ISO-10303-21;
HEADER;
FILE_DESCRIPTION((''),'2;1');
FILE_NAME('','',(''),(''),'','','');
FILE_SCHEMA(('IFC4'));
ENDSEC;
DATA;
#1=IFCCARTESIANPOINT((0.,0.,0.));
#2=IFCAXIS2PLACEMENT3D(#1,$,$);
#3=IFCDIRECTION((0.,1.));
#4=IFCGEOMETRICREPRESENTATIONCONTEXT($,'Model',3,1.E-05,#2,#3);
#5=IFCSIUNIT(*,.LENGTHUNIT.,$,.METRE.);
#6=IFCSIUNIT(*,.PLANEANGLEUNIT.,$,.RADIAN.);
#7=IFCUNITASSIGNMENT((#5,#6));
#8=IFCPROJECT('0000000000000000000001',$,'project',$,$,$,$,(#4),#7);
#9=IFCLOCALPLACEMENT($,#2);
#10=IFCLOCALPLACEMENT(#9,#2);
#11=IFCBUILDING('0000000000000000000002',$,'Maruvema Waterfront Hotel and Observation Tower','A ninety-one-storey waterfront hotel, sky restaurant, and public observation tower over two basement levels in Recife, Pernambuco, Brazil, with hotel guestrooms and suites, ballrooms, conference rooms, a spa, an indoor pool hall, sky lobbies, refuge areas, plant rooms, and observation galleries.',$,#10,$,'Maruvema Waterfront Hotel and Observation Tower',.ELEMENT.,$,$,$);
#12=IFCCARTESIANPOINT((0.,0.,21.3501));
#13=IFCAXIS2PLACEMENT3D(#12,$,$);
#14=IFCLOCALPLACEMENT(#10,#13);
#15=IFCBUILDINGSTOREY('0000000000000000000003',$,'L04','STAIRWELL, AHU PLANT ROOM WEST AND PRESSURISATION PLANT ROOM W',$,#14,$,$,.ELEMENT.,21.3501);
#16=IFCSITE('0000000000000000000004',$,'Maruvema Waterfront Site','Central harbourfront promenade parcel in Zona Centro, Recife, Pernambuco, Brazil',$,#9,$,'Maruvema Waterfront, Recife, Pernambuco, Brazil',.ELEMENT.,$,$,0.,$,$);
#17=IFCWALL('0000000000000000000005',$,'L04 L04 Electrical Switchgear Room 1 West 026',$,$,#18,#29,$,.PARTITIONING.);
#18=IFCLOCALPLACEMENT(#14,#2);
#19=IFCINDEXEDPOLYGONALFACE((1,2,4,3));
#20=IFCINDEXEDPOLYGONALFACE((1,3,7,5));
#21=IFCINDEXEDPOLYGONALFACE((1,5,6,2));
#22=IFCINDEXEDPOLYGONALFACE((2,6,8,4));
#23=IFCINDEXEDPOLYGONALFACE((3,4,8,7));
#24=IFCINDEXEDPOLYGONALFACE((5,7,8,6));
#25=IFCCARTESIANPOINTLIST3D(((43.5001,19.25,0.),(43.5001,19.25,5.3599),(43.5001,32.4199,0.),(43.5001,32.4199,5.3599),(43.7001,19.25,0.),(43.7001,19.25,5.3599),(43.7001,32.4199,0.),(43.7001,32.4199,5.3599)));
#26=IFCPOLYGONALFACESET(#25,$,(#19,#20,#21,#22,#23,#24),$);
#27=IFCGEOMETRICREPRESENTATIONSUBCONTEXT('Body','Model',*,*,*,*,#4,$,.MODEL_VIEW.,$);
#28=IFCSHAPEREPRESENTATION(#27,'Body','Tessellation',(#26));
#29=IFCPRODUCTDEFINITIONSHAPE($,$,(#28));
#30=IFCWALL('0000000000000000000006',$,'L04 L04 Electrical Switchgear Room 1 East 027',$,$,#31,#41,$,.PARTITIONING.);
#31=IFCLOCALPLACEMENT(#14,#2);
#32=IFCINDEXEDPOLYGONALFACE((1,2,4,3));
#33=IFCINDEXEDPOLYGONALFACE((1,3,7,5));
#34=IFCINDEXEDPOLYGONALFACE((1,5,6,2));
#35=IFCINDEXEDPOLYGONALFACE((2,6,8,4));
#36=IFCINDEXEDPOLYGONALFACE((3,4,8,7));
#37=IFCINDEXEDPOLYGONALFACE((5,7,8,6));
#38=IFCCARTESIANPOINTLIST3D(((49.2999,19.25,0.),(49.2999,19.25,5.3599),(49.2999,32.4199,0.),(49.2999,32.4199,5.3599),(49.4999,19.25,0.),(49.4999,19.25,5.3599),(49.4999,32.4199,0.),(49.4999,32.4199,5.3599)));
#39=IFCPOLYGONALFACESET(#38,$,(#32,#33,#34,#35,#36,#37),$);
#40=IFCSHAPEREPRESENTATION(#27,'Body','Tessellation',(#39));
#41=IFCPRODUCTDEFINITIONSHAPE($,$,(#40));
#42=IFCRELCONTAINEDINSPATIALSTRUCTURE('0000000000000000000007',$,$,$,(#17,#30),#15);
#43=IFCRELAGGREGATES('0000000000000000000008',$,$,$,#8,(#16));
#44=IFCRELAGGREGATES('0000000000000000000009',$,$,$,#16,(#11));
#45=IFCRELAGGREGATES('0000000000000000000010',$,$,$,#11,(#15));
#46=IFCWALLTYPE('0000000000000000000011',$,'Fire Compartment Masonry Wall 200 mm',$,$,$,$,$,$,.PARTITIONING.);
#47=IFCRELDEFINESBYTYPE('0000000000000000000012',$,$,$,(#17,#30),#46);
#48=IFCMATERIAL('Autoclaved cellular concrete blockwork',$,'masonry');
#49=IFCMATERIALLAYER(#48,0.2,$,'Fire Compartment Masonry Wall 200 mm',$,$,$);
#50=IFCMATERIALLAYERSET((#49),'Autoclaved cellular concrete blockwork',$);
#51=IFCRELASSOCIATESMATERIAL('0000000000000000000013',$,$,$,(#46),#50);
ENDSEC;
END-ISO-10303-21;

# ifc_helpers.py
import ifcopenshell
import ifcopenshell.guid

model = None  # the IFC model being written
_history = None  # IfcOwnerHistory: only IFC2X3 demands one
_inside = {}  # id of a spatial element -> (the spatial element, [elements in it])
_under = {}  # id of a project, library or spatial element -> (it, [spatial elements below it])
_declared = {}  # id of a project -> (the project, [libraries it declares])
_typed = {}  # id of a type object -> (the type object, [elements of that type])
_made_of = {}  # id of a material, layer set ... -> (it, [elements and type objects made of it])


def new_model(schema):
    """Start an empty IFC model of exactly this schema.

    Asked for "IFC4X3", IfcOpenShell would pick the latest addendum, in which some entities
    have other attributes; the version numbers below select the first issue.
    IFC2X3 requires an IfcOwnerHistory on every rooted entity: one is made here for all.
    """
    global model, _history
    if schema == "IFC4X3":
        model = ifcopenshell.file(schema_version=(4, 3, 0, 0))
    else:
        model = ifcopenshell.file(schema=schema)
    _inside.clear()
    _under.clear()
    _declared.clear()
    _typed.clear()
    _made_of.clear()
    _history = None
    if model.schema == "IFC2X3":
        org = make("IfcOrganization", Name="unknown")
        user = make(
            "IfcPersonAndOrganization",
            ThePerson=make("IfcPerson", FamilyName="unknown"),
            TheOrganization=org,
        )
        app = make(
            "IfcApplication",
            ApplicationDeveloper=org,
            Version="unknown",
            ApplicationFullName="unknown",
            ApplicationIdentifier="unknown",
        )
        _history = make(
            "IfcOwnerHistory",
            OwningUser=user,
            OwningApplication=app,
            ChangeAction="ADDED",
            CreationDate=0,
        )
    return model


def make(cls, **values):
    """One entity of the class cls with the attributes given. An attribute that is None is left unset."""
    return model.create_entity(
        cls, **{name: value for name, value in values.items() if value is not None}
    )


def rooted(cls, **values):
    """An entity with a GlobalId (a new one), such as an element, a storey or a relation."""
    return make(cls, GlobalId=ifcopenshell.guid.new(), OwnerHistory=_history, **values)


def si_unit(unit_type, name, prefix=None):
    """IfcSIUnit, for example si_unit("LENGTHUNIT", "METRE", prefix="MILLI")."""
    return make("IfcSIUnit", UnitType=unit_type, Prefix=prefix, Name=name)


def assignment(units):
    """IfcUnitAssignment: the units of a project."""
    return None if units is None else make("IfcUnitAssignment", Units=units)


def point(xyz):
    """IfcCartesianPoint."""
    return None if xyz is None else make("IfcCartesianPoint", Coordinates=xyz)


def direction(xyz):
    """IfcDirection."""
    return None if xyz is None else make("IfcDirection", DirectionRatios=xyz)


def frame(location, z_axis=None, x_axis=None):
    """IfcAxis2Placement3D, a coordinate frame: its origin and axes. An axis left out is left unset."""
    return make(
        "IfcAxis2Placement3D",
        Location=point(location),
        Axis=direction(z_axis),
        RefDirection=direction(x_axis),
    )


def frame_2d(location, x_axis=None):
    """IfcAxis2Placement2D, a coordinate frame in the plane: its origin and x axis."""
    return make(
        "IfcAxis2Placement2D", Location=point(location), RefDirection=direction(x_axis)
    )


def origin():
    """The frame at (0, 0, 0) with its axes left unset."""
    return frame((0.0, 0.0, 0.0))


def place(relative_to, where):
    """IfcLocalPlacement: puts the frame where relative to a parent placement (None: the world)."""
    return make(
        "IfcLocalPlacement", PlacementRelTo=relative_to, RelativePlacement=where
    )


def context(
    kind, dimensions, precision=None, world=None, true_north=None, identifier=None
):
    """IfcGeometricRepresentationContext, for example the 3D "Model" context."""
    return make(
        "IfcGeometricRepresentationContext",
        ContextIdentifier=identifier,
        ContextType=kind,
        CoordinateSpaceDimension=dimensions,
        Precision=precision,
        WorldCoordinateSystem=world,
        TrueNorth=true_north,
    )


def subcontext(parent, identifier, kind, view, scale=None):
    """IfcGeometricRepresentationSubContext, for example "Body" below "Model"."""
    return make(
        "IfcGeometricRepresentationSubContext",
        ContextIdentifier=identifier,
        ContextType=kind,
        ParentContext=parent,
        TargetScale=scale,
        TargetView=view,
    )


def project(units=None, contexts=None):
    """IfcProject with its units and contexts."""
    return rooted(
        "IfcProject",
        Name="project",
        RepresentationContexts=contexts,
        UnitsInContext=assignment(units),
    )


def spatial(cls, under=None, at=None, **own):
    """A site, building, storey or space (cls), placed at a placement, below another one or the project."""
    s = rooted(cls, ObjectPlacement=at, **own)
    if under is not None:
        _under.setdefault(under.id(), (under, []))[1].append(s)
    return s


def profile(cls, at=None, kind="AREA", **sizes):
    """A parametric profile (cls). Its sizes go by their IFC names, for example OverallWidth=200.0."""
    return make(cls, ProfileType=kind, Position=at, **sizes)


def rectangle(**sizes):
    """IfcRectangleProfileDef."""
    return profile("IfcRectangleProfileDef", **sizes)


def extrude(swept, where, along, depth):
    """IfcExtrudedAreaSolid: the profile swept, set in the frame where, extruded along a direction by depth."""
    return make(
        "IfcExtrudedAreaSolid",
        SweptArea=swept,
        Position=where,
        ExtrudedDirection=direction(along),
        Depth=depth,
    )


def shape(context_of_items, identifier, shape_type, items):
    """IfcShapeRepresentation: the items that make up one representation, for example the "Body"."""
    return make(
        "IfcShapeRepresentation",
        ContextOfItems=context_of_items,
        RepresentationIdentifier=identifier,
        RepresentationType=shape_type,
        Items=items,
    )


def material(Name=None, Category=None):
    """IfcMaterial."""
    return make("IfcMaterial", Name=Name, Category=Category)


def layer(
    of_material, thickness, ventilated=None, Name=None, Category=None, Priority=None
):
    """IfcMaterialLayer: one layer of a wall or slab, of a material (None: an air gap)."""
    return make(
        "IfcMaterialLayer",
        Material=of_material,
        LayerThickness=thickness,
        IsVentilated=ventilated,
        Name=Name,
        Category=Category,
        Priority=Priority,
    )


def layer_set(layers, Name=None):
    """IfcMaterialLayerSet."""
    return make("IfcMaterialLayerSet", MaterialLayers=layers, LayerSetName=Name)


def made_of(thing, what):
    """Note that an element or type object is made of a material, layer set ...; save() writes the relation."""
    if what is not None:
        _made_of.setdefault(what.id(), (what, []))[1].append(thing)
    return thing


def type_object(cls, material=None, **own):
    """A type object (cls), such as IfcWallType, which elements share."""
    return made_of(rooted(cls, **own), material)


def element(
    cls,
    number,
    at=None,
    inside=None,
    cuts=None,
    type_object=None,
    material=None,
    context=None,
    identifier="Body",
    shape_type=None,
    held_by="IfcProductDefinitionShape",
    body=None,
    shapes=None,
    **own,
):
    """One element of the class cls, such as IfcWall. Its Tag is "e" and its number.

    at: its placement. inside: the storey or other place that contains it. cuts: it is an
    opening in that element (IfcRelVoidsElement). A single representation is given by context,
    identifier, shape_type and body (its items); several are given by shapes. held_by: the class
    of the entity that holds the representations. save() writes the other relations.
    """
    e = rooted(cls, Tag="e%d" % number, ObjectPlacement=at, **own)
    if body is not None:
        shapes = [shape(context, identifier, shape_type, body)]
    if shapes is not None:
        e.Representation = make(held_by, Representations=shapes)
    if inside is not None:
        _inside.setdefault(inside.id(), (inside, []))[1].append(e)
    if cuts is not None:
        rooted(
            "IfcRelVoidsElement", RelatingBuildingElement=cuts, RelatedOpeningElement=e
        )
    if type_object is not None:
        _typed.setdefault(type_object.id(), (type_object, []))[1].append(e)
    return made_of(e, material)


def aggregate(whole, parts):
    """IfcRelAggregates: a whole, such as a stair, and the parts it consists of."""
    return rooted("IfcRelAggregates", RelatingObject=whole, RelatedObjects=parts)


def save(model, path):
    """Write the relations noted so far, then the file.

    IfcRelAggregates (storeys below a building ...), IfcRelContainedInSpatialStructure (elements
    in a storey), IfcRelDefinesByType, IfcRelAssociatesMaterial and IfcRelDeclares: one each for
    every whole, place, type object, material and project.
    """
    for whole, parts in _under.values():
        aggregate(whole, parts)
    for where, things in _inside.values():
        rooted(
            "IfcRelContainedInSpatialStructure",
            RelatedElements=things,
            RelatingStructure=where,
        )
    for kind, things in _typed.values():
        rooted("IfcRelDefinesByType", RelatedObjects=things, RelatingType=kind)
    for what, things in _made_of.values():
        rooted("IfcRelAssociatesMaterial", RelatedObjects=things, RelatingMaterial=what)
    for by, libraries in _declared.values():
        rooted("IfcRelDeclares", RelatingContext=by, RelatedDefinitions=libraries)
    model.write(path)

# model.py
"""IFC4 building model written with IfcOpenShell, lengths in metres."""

from ifc_helpers import new_model, si_unit, direction, frame, frame_2d, origin, place, context, subcontext, project, spatial, rectangle, extrude, material, layer, layer_set, type_object, element, save


model = new_model("IFC4")

# Units and contexts
model_context = context("Model", 3, precision=1e-05, world=origin(), true_north=direction((0.0, 1.0)))
body_context = subcontext(model_context, "Body", "Model", "MODEL_VIEW")
ifc_project = project(units=[si_unit("LENGTHUNIT", "METRE"), si_unit("PLANEANGLEUNIT", "RADIAN")], contexts=[model_context])

# Site, building, storey
site_placement = place(None, origin())
site = spatial("IfcSite", under=ifc_project, at=site_placement, Name="Maruvema Waterfront Site", Description="Central harbourfront promenade parcel in Zona Centro, Recife, Pernambuco, Brazil", LongName="Maruvema Waterfront, Recife, Pernambuco, Brazil", CompositionType="ELEMENT", RefElevation=0.0)
building_placement = place(site_placement, origin())
building = spatial("IfcBuilding", under=site, at=building_placement, Name="Maruvema Waterfront Hotel and Observation Tower", Description="A ninety-one-storey waterfront hotel, sky restaurant, and public observation tower over two basement levels in Recife, Pernambuco, Brazil, with hotel guestrooms and suites, ballrooms, conference rooms, a spa, an indoor pool hall, sky lobbies, refuge areas, plant rooms, and observation galleries.", LongName="Maruvema Waterfront Hotel and Observation Tower", CompositionType="ELEMENT")
storey_placement = place(building_placement, frame((0.0, 0.0, 21.3501)))
storey = spatial("IfcBuildingStorey", under=building, at=storey_placement, Name="L04", Description="STAIRWELL, AHU PLANT ROOM WEST AND PRESSURISATION PLANT ROOM W", CompositionType="ELEMENT", Elevation=21.3501)

# Shared definitions
ifc_material_1 = material(Name="Autoclaved cellular concrete blockwork", Category="masonry")
ifc_layer_1 = layer(ifc_material_1, 0.2, Name="Fire Compartment Masonry Wall 200 mm")
ifc_layer_set_1 = layer_set([ifc_layer_1], Name="Autoclaved cellular concrete blockwork")
wall_type = type_object("IfcWallType", Name="Fire Compartment Masonry Wall 200 mm", PredefinedType="PARTITIONING", material=ifc_layer_set_1)

# Walls
for number, where, z_axis, x_axis, name in (
    (1, (43.6001, 19.25, 0.0), (0.0, 0.0, 1.0), (0.0, 1.0, 0.0), "L04 L04 Electrical Switchgear Room 1 West 026"),
    (2, (49.3999, 19.25, 0.0), (0.0, 0.0, 1.0), (0.0, 1.0, 0.0), "L04 L04 Electrical Switchgear Room 1 East 027"),
):
    element("IfcWall", number, at=place(storey_placement, frame(where, z_axis=z_axis, x_axis=x_axis)), inside=storey, type_object=wall_type, Name=name, PredefinedType="PARTITIONING", context=body_context, shape_type="SweptSolid", body=[
        extrude(rectangle(XDim=13.1699, YDim=0.2, at=frame_2d((6.585, 0.0))), origin(), (0.0, 0.0, 1.0), 5.3599),
    ])

save(model, "model.ifc")
